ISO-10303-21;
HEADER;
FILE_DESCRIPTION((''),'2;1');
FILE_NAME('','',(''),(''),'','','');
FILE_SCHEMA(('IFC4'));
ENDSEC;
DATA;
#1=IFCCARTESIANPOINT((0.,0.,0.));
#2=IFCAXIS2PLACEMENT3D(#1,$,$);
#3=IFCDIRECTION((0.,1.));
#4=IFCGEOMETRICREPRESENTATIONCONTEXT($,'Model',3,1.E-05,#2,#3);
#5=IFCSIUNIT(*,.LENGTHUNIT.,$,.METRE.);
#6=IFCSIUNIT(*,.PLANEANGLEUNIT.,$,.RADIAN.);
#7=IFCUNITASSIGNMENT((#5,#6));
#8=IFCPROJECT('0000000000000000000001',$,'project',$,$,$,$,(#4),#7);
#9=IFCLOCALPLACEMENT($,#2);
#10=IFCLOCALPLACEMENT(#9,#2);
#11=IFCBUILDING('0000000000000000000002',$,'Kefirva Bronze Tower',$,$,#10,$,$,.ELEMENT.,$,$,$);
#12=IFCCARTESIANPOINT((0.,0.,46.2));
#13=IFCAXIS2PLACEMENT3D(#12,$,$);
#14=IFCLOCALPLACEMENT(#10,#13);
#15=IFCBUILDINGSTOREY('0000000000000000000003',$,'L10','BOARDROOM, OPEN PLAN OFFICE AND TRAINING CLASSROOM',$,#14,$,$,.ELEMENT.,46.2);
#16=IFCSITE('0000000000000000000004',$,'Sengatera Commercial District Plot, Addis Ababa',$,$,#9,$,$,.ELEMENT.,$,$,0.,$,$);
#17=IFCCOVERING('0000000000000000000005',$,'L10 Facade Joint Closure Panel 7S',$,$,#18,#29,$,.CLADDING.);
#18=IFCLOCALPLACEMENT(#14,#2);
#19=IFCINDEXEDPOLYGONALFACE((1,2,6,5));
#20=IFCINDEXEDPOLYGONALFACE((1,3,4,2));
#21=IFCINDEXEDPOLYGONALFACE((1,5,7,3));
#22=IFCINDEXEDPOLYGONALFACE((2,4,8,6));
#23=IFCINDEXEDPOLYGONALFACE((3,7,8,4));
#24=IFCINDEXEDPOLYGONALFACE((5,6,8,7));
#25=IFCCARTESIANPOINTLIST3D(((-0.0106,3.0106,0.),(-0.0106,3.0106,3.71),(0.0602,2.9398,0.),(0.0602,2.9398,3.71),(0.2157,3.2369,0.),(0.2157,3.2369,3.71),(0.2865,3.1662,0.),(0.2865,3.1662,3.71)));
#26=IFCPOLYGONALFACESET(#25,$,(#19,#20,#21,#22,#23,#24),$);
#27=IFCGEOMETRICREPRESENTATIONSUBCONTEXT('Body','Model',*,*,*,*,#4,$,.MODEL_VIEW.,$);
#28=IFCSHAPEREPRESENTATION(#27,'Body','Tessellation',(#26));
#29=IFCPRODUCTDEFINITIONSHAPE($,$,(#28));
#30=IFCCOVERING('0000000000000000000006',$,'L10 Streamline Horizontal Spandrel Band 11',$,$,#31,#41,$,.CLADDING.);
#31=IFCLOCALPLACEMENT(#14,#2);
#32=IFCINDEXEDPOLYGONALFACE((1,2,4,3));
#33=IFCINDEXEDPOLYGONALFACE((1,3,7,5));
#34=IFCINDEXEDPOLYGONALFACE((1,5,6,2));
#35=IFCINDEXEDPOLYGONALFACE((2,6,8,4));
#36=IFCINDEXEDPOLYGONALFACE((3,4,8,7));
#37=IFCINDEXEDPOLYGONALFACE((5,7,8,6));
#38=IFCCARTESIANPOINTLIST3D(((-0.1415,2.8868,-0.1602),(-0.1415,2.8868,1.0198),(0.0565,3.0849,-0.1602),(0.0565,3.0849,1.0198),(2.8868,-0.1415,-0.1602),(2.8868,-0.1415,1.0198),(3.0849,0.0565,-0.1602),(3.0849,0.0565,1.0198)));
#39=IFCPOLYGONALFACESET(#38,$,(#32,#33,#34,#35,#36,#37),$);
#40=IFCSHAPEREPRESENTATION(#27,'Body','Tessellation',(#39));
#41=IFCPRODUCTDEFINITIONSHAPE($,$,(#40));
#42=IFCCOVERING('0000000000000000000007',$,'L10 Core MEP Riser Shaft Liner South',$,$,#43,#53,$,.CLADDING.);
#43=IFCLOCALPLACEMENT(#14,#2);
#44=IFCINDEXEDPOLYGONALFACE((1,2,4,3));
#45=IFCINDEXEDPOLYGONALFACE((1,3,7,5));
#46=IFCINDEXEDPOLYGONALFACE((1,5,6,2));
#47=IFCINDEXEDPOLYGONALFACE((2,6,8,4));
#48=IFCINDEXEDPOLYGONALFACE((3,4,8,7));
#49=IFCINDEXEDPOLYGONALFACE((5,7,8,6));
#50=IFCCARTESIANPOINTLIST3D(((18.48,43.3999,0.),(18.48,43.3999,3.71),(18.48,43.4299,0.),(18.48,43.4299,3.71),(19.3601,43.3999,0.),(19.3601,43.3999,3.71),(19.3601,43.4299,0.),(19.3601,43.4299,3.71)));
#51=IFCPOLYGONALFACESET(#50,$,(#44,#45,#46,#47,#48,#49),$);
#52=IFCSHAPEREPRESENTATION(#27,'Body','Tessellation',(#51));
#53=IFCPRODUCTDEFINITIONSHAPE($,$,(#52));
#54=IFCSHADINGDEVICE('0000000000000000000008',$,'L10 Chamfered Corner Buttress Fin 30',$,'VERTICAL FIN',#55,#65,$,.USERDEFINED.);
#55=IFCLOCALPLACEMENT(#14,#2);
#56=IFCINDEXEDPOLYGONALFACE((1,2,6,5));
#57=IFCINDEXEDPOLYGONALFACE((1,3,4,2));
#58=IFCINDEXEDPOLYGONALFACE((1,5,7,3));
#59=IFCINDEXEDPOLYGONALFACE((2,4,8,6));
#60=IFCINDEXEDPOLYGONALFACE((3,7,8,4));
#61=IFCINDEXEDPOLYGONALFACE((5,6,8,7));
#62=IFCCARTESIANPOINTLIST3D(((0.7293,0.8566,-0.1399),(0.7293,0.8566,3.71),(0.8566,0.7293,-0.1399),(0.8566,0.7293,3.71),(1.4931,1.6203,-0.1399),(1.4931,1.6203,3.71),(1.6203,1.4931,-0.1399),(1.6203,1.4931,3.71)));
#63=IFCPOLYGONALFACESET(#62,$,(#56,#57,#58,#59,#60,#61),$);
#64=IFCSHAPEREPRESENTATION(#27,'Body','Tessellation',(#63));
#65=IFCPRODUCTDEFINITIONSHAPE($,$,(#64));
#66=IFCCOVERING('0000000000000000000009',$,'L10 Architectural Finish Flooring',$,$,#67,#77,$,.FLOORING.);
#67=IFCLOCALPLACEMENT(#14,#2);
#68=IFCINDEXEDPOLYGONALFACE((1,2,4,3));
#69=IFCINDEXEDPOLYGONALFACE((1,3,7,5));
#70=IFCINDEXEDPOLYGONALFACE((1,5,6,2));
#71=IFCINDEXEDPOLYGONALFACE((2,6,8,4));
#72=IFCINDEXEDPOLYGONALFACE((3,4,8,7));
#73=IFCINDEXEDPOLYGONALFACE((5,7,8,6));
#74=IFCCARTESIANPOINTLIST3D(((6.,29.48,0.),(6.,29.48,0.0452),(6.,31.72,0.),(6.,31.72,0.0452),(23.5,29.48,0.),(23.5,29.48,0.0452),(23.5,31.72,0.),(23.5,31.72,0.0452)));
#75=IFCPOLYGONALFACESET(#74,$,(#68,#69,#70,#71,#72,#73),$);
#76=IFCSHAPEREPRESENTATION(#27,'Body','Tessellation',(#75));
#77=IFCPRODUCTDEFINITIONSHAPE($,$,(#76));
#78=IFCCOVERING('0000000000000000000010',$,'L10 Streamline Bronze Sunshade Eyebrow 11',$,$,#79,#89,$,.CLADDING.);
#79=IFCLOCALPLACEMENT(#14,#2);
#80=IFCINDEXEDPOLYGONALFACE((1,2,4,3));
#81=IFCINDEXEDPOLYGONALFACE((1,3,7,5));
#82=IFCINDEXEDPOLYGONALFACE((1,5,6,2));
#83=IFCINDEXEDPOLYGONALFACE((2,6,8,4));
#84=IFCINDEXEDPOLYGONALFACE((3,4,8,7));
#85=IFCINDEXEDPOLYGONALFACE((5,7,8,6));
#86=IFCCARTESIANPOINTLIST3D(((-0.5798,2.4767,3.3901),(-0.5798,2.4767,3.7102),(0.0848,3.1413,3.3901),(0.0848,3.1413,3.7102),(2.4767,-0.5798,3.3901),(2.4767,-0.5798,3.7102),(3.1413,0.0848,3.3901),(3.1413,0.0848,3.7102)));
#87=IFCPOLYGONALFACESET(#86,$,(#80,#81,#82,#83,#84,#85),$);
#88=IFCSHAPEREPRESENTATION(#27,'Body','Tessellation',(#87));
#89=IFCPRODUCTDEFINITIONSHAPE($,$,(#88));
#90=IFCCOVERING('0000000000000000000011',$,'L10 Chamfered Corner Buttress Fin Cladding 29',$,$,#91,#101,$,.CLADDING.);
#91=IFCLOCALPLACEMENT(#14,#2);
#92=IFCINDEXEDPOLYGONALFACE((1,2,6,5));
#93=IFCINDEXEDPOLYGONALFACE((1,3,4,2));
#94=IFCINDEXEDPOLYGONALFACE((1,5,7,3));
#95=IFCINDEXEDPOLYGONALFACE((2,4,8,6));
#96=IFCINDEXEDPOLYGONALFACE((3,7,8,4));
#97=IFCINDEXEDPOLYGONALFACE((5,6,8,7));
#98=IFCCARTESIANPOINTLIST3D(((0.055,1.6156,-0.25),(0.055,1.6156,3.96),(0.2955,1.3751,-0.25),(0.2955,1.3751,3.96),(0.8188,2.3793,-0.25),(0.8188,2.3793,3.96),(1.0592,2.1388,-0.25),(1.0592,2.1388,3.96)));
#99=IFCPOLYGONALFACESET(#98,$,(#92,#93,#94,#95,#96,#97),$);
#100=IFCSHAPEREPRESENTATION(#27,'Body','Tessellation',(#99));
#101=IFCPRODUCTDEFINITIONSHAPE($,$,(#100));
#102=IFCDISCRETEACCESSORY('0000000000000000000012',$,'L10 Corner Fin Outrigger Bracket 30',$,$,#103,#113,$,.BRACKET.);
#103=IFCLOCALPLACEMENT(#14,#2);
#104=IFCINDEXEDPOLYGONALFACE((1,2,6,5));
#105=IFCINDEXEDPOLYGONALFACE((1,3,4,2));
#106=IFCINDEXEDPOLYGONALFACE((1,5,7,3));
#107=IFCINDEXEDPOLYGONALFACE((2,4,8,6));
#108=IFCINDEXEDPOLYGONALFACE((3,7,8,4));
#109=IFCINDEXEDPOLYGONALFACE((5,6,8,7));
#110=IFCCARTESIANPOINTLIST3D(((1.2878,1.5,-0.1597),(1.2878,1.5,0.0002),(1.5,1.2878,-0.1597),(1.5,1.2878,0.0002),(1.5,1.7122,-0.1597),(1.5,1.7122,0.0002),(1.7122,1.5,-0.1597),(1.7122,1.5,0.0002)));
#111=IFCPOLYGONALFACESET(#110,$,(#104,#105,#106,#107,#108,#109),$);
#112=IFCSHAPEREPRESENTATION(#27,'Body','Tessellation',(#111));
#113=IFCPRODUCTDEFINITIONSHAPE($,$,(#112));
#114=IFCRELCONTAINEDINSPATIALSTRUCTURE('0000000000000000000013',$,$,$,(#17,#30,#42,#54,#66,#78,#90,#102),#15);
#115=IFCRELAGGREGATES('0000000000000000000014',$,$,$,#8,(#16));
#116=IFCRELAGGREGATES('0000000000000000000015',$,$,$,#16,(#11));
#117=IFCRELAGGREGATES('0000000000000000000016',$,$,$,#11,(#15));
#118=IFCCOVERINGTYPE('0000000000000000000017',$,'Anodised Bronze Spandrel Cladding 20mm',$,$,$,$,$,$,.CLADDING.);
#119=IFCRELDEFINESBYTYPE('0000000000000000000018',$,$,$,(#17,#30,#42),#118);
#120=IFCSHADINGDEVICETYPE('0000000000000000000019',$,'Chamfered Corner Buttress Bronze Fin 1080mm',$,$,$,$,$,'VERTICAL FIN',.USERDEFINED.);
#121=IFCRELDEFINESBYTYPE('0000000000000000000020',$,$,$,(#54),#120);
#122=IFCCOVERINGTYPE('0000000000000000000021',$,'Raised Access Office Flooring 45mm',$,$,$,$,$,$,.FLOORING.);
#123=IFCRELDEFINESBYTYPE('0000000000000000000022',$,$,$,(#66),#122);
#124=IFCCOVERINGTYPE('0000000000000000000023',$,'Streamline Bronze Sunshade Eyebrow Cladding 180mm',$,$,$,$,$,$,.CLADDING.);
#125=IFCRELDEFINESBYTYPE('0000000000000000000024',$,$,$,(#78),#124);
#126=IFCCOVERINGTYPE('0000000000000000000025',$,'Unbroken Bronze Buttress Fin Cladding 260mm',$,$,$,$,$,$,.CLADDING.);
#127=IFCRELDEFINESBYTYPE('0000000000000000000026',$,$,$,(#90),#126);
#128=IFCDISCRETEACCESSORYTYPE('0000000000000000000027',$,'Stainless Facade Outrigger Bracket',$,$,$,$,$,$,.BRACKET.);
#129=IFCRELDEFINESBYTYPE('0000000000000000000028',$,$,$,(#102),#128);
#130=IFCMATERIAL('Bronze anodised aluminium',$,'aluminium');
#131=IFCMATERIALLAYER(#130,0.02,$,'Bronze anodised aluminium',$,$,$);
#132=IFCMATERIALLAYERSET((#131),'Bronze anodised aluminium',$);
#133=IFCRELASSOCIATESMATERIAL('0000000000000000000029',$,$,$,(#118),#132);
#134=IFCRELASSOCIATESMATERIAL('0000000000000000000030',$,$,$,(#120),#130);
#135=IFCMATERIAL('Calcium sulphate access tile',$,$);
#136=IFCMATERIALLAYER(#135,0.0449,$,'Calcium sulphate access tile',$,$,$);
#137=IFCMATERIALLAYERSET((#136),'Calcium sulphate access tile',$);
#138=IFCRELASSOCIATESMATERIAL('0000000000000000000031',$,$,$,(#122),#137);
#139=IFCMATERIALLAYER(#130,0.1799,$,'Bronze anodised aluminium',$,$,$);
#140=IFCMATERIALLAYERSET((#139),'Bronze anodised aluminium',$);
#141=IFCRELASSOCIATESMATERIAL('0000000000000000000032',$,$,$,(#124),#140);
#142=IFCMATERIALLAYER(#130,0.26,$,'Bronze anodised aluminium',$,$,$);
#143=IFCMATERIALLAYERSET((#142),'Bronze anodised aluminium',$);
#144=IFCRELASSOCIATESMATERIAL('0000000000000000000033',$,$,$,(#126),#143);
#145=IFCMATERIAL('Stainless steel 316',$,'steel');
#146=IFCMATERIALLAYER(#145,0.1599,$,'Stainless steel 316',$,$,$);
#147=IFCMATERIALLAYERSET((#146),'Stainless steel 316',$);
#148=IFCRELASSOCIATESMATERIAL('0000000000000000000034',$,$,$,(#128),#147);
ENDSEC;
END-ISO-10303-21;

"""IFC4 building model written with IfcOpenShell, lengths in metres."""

from ifc_helpers import new_model, si_unit, direction, frame, origin, origin_2d, place, context, subcontext, project, spatial, polyline, rectangle, outline, extrude, material, layer, layer_set, material_profile, profile_set, type_object, element, save


model = new_model("IFC4")

# Units and contexts
model_context = context("Model", 3, precision=1e-05, world=origin(), true_north=direction((0.0, 1.0)))
body_context = subcontext(model_context, "Body", "Model", "MODEL_VIEW")
ifc_project = project(units=[si_unit("LENGTHUNIT", "METRE"), si_unit("PLANEANGLEUNIT", "RADIAN")], contexts=[model_context])

# Site, building, storey
site_placement = place(None, origin())
site = spatial("IfcSite", under=ifc_project, at=site_placement, Name="Sengatera Commercial District Plot, Addis Ababa", CompositionType="ELEMENT", RefElevation=0.0)
building_placement = place(site_placement, origin())
building = spatial("IfcBuilding", under=site, at=building_placement, Name="Kefirva Bronze Tower", CompositionType="ELEMENT")
storey_placement = place(building_placement, frame((0.0, 0.0, 46.2)))
storey = spatial("IfcBuildingStorey", under=building, at=storey_placement, Name="L10", Description="BOARDROOM, OPEN PLAN OFFICE AND TRAINING CLASSROOM", CompositionType="ELEMENT", Elevation=46.2)

# Shared definitions
ifc_material_1 = material(Name="Bronze anodised aluminium", Category="aluminium")

# Coverings
ifc_layer_1 = layer(ifc_material_1, 0.02, Name="Bronze anodised aluminium")
ifc_layer_set_1 = layer_set([ifc_layer_1], Name="Bronze anodised aluminium")
covering_type_1 = type_object("IfcCoveringType", Name="Anodised Bronze Spandrel Cladding 20mm", PredefinedType="CLADDING", material=ifc_layer_set_1)
covering_1_placement = place(storey_placement, frame((0.1379, 3.0884, 0.0), z_axis=(0.0, 0.0, 1.0), x_axis=(0.707107, -0.707107, 0.0)))
element("IfcCovering", 1, at=covering_1_placement, inside=storey, type_object=covering_type_1, Name="L10 Facade Joint Closure Panel 7S", PredefinedType="CLADDING", context=body_context, shape_type="SweptSolid", body=[
    extrude(rectangle(XDim=0.1001, YDim=0.3201, at=origin_2d()), origin(), (0.0, 0.0, 1.0), 3.71),
])
covering_2_placement = place(storey_placement, frame((1.4717, 1.4717, -0.1602), z_axis=(0.0, 0.0, 1.0), x_axis=(0.707107, -0.707107, 0.0)))
element("IfcCovering", 2, at=covering_2_placement, inside=storey, type_object=covering_type_1, Name="L10 Streamline Horizontal Spandrel Band 11", PredefinedType="CLADDING", context=body_context, shape_type="SweptSolid", body=[
    extrude(rectangle(XDim=4.2827, YDim=0.28, at=origin_2d()), origin(), (0.0, 0.0, 1.0), 1.1799),
])
covering_3_placement = place(storey_placement, origin())
element("IfcCovering", 3, at=covering_3_placement, inside=storey, type_object=covering_type_1, Name="L10 Core MEP Riser Shaft Liner South", PredefinedType="CLADDING", context=body_context, shape_type="SweptSolid", body=[
    extrude(outline(polyline([(18.48, 43.3999), (19.3601, 43.3999), (19.3601, 43.4299), (18.48, 43.4299), (18.48, 43.3999)])), origin(), (0.0, 0.0, 1.0), 3.71),
])

# Shading device
ifc_material_profile_1 = material_profile(ifc_material_1, rectangle(XDim=0.1799, YDim=1.0801, at=origin_2d()), Name="BRONZE BUTTRESS FIN 180x1080")
ifc_profile_set_1 = profile_set([ifc_material_profile_1], Name="Bronze anodised aluminium")
shading_device_type = type_object("IfcShadingDeviceType", Name="Chamfered Corner Buttress Bronze Fin 1080mm", ElementType="VERTICAL FIN", PredefinedType="USERDEFINED", material=ifc_profile_set_1)
shading_device_placement = place(storey_placement, frame((1.1748, 1.1748, -0.1399), z_axis=(0.0, 0.0, 1.0), x_axis=(0.707107, -0.707107, 0.0)))
element("IfcShadingDevice", 4, at=shading_device_placement, inside=storey, type_object=shading_device_type, Name="L10 Chamfered Corner Buttress Fin 30", ObjectType="VERTICAL FIN", PredefinedType="USERDEFINED", context=body_context, shape_type="SweptSolid", body=[
    extrude(rectangle(XDim=0.1799, YDim=1.0801, at=origin_2d()), origin(), (0.0, 0.0, 1.0), 3.8499),
])

# Coverings
ifc_material_2 = material(Name="Calcium sulphate access tile")
ifc_layer_2 = layer(ifc_material_2, 0.0449, Name="Calcium sulphate access tile")
ifc_layer_set_2 = layer_set([ifc_layer_2], Name="Calcium sulphate access tile")
covering_type_2 = type_object("IfcCoveringType", Name="Raised Access Office Flooring 45mm", PredefinedType="FLOORING", material=ifc_layer_set_2)
covering_4_placement = place(storey_placement, origin())
element("IfcCovering", 5, at=covering_4_placement, inside=storey, type_object=covering_type_2, Name="L10 Architectural Finish Flooring", PredefinedType="FLOORING", context=body_context, shape_type="SweptSolid", body=[
    extrude(outline(polyline([(6.0, 29.48), (23.5, 29.48), (23.5, 31.72), (6.0, 31.72), (6.0, 29.48)])), origin(), (0.0, 0.0, 1.0), 0.0452),
])
ifc_layer_3 = layer(ifc_material_1, 0.1799, Name="Bronze anodised aluminium")
ifc_layer_set_3 = layer_set([ifc_layer_3], Name="Bronze anodised aluminium")
covering_type_3 = type_object("IfcCoveringType", Name="Streamline Bronze Sunshade Eyebrow Cladding 180mm", PredefinedType="CLADDING", material=ifc_layer_set_3)
covering_5_placement = place(storey_placement, frame((1.2808, 1.2808, 3.3901), z_axis=(0.0, 0.0, 1.0), x_axis=(0.707107, -0.707107, 0.0)))
element("IfcCovering", 6, at=covering_5_placement, inside=storey, type_object=covering_type_3, Name="L10 Streamline Bronze Sunshade Eyebrow 11", PredefinedType="CLADDING", context=body_context, shape_type="SweptSolid", body=[
    extrude(rectangle(XDim=4.3225, YDim=0.9399, at=origin_2d()), origin(), (0.0, 0.0, 1.0), 0.3201),
])
ifc_layer_4 = layer(ifc_material_1, 0.26, Name="Bronze anodised aluminium")
ifc_layer_set_4 = layer_set([ifc_layer_4], Name="Bronze anodised aluminium")
covering_type_4 = type_object("IfcCoveringType", Name="Unbroken Bronze Buttress Fin Cladding 260mm", PredefinedType="CLADDING", material=ifc_layer_set_4)
covering_6_placement = place(storey_placement, frame((0.5571, 1.8772, -0.25), z_axis=(0.0, 0.0, 1.0), x_axis=(0.707107, -0.707107, 0.0)))
element("IfcCovering", 7, at=covering_6_placement, inside=storey, type_object=covering_type_4, Name="L10 Chamfered Corner Buttress Fin Cladding 29", PredefinedType="CLADDING", context=body_context, shape_type="SweptSolid", body=[
    extrude(rectangle(XDim=0.3401, YDim=1.0801, at=origin_2d()), origin(), (0.0, 0.0, 1.0), 4.21),
])

# Discrete accessory
ifc_material_3 = material(Name="Stainless steel 316", Category="steel")
ifc_layer_5 = layer(ifc_material_3, 0.1599, Name="Stainless steel 316")
ifc_layer_set_5 = layer_set([ifc_layer_5], Name="Stainless steel 316")
discrete_accessory_type = type_object("IfcDiscreteAccessoryType", Name="Stainless Facade Outrigger Bracket", PredefinedType="BRACKET", material=ifc_layer_set_5)
discrete_accessory_placement = place(storey_placement, frame((1.5, 1.5, -0.1597), z_axis=(0.0, 0.0, 1.0), x_axis=(0.707107, -0.707107, 0.0)))
element("IfcDiscreteAccessory", 8, at=discrete_accessory_placement, inside=storey, type_object=discrete_accessory_type, Name="L10 Corner Fin Outrigger Bracket 30", PredefinedType="BRACKET", context=body_context, shape_type="SweptSolid", body=[
    extrude(rectangle(XDim=0.3, YDim=0.3, at=origin_2d()), origin(), (0.0, 0.0, 1.0), 0.1599),
])

save(model, "model.ifc")
